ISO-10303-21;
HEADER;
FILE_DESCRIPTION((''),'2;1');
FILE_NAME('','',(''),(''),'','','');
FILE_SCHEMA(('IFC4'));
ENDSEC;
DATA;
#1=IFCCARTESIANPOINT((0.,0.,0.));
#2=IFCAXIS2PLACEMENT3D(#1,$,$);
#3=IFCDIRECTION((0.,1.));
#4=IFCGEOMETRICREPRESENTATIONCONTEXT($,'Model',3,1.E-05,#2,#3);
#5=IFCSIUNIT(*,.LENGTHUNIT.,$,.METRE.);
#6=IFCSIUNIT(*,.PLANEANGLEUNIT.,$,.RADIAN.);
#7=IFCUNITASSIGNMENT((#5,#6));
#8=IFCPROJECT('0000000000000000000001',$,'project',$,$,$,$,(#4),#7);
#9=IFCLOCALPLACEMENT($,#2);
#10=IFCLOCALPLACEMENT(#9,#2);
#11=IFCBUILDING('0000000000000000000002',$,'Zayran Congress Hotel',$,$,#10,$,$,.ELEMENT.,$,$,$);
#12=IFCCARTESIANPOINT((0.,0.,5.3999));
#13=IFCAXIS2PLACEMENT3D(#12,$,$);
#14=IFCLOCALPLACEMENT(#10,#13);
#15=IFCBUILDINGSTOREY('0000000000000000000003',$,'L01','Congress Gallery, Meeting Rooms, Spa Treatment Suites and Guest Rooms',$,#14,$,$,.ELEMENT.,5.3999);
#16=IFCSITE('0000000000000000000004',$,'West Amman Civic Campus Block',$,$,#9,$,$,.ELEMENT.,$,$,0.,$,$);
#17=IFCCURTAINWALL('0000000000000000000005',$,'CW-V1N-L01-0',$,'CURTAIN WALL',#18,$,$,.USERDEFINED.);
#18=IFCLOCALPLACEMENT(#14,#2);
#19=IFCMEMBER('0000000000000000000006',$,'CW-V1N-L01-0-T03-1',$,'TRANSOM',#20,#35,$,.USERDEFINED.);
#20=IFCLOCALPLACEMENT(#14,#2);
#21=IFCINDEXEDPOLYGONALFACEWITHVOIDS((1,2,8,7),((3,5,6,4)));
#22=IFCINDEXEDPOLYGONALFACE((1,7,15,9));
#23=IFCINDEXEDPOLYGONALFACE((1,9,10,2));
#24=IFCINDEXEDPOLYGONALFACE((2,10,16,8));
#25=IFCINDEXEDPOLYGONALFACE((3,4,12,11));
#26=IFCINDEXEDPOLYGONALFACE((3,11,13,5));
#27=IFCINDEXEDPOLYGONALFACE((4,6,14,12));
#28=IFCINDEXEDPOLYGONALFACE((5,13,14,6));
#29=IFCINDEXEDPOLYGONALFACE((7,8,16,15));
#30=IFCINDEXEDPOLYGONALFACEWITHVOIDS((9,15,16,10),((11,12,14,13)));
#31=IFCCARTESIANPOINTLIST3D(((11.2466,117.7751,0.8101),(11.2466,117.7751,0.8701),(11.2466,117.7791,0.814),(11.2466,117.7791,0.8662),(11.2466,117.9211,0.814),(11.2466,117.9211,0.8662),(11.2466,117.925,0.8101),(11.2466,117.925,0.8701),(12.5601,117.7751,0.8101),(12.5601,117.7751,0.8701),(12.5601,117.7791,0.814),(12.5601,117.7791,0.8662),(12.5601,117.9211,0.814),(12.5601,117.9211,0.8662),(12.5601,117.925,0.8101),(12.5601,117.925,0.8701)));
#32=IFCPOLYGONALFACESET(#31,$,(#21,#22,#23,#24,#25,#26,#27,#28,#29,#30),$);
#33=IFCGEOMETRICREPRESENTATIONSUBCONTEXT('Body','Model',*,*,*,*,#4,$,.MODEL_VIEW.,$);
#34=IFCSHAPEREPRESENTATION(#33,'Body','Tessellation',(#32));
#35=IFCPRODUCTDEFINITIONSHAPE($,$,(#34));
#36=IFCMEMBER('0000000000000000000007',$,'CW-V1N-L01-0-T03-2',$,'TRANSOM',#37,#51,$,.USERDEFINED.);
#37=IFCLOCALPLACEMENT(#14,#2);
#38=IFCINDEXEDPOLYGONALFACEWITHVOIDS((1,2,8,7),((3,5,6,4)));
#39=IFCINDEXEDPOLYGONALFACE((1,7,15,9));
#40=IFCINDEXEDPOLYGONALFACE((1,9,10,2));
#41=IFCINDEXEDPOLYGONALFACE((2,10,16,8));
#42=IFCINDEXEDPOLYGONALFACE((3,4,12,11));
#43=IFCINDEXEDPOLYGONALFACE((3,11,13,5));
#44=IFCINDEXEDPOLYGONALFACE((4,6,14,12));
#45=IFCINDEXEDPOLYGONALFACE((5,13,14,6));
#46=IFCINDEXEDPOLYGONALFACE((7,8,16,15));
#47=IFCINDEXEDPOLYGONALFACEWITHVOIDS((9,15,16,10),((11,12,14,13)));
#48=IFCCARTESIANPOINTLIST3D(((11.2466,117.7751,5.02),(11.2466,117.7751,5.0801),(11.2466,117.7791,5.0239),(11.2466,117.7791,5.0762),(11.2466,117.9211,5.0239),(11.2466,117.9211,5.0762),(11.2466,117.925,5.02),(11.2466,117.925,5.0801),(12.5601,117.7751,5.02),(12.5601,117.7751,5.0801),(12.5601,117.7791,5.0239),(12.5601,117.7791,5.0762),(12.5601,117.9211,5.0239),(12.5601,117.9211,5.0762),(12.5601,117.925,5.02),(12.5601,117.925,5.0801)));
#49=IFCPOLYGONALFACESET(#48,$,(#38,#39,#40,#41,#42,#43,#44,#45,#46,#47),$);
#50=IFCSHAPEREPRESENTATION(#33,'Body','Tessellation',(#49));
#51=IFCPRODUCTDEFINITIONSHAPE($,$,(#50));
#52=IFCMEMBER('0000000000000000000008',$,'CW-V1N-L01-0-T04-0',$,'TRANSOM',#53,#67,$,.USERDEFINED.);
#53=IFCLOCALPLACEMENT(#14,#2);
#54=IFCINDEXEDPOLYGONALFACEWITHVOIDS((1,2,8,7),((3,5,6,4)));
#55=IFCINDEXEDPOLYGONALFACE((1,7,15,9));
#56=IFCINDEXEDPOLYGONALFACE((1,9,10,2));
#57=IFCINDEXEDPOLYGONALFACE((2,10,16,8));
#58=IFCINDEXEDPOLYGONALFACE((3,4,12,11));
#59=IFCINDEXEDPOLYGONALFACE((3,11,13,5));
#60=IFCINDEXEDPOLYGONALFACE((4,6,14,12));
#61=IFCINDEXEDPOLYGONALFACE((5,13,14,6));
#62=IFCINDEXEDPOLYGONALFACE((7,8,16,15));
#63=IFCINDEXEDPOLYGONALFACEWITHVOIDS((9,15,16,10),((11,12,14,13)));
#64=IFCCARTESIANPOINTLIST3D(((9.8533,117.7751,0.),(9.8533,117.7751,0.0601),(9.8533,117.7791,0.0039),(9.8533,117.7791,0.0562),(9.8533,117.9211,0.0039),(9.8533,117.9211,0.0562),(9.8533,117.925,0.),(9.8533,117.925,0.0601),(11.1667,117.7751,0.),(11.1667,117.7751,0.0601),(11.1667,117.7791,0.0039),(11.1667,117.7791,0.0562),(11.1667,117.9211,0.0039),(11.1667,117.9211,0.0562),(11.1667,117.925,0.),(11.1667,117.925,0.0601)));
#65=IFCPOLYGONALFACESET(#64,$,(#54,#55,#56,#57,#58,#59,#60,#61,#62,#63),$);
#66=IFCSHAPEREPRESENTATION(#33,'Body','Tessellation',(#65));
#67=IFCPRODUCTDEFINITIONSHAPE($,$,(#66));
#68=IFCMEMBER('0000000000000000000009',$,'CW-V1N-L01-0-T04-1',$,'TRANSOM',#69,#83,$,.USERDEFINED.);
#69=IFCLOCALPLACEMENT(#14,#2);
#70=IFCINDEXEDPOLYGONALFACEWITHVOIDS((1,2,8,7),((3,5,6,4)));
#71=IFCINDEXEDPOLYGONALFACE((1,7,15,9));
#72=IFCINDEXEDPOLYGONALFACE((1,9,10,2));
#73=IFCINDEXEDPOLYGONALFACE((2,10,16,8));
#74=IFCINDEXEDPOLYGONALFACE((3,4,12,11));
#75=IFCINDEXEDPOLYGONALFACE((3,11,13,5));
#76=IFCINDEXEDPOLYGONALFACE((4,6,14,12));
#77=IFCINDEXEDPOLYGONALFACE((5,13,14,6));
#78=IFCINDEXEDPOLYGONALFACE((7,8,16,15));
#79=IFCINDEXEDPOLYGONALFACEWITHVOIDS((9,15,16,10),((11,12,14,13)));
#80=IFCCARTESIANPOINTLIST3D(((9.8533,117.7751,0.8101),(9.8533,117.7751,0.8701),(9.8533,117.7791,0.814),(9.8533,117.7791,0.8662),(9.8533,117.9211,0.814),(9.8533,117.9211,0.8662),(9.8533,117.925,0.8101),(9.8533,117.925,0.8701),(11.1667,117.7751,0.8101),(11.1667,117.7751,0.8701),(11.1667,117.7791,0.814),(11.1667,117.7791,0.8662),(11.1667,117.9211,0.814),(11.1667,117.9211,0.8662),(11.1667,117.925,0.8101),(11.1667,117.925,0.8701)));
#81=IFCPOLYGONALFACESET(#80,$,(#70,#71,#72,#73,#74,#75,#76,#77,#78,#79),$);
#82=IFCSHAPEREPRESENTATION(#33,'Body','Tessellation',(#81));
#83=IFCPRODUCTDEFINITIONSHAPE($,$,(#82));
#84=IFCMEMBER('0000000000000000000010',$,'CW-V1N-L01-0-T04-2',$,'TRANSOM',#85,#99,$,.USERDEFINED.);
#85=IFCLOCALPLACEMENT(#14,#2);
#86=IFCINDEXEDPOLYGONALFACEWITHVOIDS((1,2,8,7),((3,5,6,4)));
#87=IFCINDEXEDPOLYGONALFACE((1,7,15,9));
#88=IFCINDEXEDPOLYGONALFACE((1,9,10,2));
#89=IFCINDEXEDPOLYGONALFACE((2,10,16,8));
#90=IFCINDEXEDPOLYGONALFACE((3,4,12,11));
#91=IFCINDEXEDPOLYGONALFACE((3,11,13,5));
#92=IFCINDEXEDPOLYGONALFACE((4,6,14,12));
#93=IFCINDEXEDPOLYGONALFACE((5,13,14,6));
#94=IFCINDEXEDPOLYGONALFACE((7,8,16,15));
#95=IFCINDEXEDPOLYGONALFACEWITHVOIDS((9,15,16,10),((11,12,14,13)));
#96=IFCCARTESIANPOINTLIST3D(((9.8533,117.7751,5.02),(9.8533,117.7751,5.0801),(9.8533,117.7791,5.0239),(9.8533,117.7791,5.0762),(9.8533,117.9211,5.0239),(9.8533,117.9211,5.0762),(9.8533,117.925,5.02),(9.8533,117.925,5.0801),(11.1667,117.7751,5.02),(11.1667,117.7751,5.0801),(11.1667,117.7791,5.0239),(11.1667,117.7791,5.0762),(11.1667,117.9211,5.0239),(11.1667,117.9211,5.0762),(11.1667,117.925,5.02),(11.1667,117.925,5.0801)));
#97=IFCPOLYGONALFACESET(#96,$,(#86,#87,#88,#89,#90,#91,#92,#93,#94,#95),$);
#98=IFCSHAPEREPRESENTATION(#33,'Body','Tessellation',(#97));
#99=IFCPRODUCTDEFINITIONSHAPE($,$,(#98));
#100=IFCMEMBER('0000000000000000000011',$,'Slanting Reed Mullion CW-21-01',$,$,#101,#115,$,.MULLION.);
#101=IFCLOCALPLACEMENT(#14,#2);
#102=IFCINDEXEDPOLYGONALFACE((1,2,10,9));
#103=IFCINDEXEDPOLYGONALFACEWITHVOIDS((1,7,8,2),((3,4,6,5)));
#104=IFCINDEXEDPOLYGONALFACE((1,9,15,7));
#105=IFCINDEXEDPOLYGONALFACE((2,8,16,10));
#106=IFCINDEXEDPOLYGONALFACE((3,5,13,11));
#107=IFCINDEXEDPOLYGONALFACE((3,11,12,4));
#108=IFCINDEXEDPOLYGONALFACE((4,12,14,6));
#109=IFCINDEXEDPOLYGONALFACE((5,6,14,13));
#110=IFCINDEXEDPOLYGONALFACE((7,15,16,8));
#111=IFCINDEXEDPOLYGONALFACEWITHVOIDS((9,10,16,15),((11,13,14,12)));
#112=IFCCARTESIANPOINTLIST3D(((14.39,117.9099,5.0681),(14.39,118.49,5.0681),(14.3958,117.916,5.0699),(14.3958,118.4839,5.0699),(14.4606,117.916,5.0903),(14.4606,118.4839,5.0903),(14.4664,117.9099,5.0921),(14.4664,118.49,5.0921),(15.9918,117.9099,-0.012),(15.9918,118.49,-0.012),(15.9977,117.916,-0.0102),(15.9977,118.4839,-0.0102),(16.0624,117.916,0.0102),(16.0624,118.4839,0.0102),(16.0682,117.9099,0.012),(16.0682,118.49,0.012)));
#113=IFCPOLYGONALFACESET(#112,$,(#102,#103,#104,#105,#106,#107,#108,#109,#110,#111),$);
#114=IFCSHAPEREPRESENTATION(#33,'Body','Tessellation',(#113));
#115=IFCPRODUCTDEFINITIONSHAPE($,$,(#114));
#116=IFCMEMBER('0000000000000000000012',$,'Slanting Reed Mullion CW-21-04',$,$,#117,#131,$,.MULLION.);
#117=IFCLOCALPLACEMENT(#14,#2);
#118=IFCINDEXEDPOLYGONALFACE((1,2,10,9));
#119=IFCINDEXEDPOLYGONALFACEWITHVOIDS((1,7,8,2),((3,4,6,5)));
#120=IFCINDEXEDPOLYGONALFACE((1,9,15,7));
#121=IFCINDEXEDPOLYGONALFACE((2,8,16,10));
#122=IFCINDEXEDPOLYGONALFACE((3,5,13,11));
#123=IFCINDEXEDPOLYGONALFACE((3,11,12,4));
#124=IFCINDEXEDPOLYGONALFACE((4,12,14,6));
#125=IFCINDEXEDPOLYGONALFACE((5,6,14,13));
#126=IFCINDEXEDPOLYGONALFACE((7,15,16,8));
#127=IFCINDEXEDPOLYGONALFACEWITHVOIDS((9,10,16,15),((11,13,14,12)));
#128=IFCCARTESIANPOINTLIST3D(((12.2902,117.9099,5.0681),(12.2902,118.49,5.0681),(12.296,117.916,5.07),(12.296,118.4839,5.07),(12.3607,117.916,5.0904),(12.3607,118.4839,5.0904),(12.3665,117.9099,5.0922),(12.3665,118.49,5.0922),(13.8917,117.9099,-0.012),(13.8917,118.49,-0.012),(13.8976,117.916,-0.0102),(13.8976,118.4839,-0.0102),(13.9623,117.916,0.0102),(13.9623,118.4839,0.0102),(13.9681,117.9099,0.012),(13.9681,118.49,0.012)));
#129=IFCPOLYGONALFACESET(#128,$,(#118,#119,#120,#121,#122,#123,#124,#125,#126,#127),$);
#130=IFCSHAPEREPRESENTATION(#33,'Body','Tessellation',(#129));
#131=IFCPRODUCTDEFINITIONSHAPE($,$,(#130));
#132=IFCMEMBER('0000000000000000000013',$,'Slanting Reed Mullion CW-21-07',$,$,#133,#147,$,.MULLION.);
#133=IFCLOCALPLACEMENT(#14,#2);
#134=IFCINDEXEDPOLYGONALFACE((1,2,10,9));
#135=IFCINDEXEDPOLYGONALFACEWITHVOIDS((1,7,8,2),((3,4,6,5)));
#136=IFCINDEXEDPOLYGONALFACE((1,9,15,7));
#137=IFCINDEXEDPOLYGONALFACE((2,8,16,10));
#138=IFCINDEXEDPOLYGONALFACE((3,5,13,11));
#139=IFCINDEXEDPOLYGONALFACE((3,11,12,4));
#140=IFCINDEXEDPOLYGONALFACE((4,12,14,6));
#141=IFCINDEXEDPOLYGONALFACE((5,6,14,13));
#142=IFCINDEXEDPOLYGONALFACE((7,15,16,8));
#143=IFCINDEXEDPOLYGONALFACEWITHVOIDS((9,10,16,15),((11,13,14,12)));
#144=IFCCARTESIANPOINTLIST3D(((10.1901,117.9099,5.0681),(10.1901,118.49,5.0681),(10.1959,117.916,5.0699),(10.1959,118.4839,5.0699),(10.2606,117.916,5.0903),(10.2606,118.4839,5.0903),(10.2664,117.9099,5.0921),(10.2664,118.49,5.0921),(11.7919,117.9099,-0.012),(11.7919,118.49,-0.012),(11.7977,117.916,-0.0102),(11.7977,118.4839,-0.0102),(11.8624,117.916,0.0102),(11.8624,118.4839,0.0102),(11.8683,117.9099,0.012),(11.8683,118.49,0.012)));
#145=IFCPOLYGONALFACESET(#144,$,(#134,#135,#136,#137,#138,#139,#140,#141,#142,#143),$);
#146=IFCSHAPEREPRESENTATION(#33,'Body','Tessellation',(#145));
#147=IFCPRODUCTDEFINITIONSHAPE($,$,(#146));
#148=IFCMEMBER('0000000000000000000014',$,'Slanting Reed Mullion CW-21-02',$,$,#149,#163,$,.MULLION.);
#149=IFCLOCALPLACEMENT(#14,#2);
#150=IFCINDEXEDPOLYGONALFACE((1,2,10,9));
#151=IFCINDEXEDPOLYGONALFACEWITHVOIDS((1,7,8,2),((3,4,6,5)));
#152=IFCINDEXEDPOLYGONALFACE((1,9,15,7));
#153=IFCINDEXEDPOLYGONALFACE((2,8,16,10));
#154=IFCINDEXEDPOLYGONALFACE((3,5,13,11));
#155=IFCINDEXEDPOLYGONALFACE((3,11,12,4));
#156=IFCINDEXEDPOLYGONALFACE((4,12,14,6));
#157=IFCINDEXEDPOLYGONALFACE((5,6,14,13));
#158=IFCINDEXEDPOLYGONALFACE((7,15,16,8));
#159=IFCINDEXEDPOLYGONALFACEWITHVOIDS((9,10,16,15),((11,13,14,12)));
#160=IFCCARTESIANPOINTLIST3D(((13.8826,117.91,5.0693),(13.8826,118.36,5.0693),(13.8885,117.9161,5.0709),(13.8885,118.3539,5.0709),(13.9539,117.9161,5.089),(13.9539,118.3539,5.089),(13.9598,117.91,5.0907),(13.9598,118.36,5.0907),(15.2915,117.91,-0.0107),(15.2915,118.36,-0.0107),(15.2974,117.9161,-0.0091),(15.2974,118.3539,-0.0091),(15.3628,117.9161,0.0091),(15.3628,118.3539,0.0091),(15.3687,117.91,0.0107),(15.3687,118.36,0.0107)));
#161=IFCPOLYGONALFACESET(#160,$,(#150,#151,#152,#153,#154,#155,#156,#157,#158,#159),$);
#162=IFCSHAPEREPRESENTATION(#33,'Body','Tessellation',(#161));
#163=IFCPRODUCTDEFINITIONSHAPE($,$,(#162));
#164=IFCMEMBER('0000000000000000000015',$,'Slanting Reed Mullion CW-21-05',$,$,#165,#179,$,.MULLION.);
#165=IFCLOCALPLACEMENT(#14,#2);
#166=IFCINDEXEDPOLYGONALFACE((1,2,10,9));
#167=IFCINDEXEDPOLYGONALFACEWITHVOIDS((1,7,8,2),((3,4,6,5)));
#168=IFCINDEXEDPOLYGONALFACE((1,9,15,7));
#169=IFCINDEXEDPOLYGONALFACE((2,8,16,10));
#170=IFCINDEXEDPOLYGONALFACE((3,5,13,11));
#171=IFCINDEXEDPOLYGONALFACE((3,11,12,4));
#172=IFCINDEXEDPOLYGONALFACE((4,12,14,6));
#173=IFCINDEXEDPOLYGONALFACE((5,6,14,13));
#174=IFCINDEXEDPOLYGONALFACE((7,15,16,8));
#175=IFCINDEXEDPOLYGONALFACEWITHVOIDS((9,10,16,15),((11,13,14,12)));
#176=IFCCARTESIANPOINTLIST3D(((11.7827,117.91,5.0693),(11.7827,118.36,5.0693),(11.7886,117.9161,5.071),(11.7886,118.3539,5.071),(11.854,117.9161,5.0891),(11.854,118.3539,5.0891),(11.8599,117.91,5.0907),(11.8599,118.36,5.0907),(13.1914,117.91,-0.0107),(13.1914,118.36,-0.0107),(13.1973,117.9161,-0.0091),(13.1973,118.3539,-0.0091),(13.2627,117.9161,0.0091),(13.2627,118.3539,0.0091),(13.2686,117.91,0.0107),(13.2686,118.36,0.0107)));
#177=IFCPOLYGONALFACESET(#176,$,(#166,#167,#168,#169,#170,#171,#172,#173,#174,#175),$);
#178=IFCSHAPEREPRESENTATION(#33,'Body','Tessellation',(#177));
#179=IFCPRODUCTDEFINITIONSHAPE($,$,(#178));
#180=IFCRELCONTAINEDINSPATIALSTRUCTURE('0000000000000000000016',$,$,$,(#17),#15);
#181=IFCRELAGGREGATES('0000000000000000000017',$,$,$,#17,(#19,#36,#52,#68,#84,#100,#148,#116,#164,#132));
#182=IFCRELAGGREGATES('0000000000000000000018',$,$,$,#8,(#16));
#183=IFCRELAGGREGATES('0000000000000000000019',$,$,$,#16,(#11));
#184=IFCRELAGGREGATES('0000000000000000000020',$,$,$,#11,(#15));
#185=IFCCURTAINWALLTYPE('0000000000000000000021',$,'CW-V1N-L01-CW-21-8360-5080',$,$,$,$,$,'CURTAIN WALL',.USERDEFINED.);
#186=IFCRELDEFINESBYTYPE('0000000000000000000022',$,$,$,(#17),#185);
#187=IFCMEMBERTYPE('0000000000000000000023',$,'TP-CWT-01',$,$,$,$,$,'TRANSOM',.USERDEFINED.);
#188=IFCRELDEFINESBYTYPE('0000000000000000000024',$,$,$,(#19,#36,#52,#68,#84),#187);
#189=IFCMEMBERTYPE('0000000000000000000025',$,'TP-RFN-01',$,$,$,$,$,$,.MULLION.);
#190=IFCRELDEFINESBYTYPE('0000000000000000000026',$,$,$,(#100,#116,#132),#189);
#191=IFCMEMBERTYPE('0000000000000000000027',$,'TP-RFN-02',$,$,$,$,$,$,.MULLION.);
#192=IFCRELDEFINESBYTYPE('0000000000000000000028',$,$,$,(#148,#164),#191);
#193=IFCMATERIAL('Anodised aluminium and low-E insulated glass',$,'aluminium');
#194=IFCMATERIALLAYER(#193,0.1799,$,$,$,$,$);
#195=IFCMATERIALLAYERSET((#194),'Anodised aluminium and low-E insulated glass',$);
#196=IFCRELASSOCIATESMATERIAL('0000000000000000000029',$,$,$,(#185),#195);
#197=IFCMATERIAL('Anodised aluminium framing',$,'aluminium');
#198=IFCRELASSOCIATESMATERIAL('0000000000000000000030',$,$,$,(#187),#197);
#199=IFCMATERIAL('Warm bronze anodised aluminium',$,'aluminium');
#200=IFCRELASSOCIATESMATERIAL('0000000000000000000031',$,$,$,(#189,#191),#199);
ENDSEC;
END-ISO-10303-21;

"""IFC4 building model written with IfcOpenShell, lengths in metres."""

from ifc_helpers import new_model, si_unit, direction, frame, origin, origin_2d, place, context, subcontext, project, spatial, hollow_rectangle, extrude, material, layer, layer_set, material_profile, profile_set, type_object, element, aggregate, save


model = new_model("IFC4")

# Units and contexts
model_context = context("Model", 3, precision=1e-05, world=origin(), true_north=direction((0.0, 1.0)))
body_context = subcontext(model_context, "Body", "Model", "MODEL_VIEW")
ifc_project = project(units=[si_unit("LENGTHUNIT", "METRE"), si_unit("PLANEANGLEUNIT", "RADIAN")], contexts=[model_context])

# Site, building, storey
site_placement = place(None, origin())
site = spatial("IfcSite", under=ifc_project, at=site_placement, Name="West Amman Civic Campus Block", CompositionType="ELEMENT", RefElevation=0.0)
building_placement = place(site_placement, origin())
building = spatial("IfcBuilding", under=site, at=building_placement, Name="Zayran Congress Hotel", CompositionType="ELEMENT")
storey_placement = place(building_placement, frame((0.0, 0.0, 5.3999)))
storey = spatial("IfcBuildingStorey", under=building, at=storey_placement, Name="L01", Description="Congress Gallery, Meeting Rooms, Spa Treatment Suites and Guest Rooms", CompositionType="ELEMENT", Elevation=5.3999)

# Curtain wall, members
ifc_material_1 = material(Name="Anodised aluminium and low-E insulated glass", Category="aluminium")
ifc_layer_1 = layer(ifc_material_1, 0.1799)
ifc_layer_set_1 = layer_set([ifc_layer_1], Name="Anodised aluminium and low-E insulated glass")
curtain_wall_type = type_object("IfcCurtainWallType", Name="CW-V1N-L01-CW-21-8360-5080", ElementType="CURTAIN WALL", PredefinedType="USERDEFINED", material=ifc_layer_set_1)
curtain_wall_placement = place(storey_placement, origin())
curtain_wall = element("IfcCurtainWall", 1, at=curtain_wall_placement, inside=storey, type_object=curtain_wall_type, Name="CW-V1N-L01-0", ObjectType="CURTAIN WALL", PredefinedType="USERDEFINED")
ifc_material_2 = material(Name="Anodised aluminium framing", Category="aluminium")
ifc_material_profile_1 = material_profile(ifc_material_2, hollow_rectangle(XDim=0.0601, YDim=0.1499, WallThickness=0.0039, at=origin_2d()), Name="RHS 150x60x4")
ifc_profile_set_1 = profile_set([ifc_material_profile_1], Name="Anodised aluminium framing")
member_type_1 = type_object("IfcMemberType", Name="TP-CWT-01", ElementType="TRANSOM", PredefinedType="USERDEFINED", material=ifc_profile_set_1)
member_1_placement = place(storey_placement, frame((12.5601, 117.8501, 0.8401), z_axis=(-1.0, 0.0, 0.0), x_axis=(0.0, 0.0, 1.0)))
member_1 = element("IfcMember", 2, at=member_1_placement, type_object=member_type_1, Name="CW-V1N-L01-0-T03-1", ObjectType="TRANSOM", PredefinedType="USERDEFINED", context=body_context, shape_type="SweptSolid", body=[
    extrude(hollow_rectangle(XDim=0.0601, YDim=0.1499, WallThickness=0.0039, at=origin_2d()), origin(), (0.0, 0.0, 1.0), 1.3135),
])
member_2_placement = place(storey_placement, frame((12.5601, 117.8501, 5.05), z_axis=(-1.0, 0.0, 0.0), x_axis=(0.0, 0.0, 1.0)))
member_2 = element("IfcMember", 3, at=member_2_placement, type_object=member_type_1, Name="CW-V1N-L01-0-T03-2", ObjectType="TRANSOM", PredefinedType="USERDEFINED", context=body_context, shape_type="SweptSolid", body=[
    extrude(hollow_rectangle(XDim=0.0601, YDim=0.1499, WallThickness=0.0039, at=origin_2d()), origin(), (0.0, 0.0, 1.0), 1.3135),
])
member_3_placement = place(storey_placement, frame((11.1667, 117.8501, 0.03), z_axis=(-1.0, 0.0, 0.0), x_axis=(0.0, 0.0, 1.0)))
member_3 = element("IfcMember", 4, at=member_3_placement, type_object=member_type_1, Name="CW-V1N-L01-0-T04-0", ObjectType="TRANSOM", PredefinedType="USERDEFINED", context=body_context, shape_type="SweptSolid", body=[
    extrude(hollow_rectangle(XDim=0.0601, YDim=0.1499, WallThickness=0.0039, at=origin_2d()), origin(), (0.0, 0.0, 1.0), 1.3135),
])
member_4_placement = place(storey_placement, frame((11.1667, 117.8501, 0.8401), z_axis=(-1.0, 0.0, 0.0), x_axis=(0.0, 0.0, 1.0)))
member_4 = element("IfcMember", 5, at=member_4_placement, type_object=member_type_1, Name="CW-V1N-L01-0-T04-1", ObjectType="TRANSOM", PredefinedType="USERDEFINED", context=body_context, shape_type="SweptSolid", body=[
    extrude(hollow_rectangle(XDim=0.0601, YDim=0.1499, WallThickness=0.0039, at=origin_2d()), origin(), (0.0, 0.0, 1.0), 1.3135),
])
member_5_placement = place(storey_placement, frame((11.1667, 117.8501, 5.05), z_axis=(-1.0, 0.0, 0.0), x_axis=(0.0, 0.0, 1.0)))
member_5 = element("IfcMember", 6, at=member_5_placement, type_object=member_type_1, Name="CW-V1N-L01-0-T04-2", ObjectType="TRANSOM", PredefinedType="USERDEFINED", context=body_context, shape_type="SweptSolid", body=[
    extrude(hollow_rectangle(XDim=0.0601, YDim=0.1499, WallThickness=0.0039, at=origin_2d()), origin(), (0.0, 0.0, 1.0), 1.3135),
])
ifc_material_3 = material(Name="Warm bronze anodised aluminium", Category="aluminium")
ifc_material_profile_2 = material_profile(ifc_material_3, hollow_rectangle(XDim=0.0801, YDim=0.5801, WallThickness=0.0061, at=origin_2d()), Name="RHS 580x80x6")
ifc_profile_set_2 = profile_set([ifc_material_profile_2], Name="Warm bronze anodised aluminium")
member_type_2 = type_object("IfcMemberType", Name="TP-RFN-01", PredefinedType="MULLION", material=ifc_profile_set_2)
member_6_placement = place(storey_placement, frame((16.03, 118.2, 0.0), z_axis=(-0.300717, 0.0, 0.953713), x_axis=(0.953713, 0.0, 0.300717)))
member_6 = element("IfcMember", 7, at=member_6_placement, type_object=member_type_2, Name="Slanting Reed Mullion CW-21-01", PredefinedType="MULLION", context=body_context, shape_type="SweptSolid", body=[
    extrude(hollow_rectangle(XDim=0.0801, YDim=0.5801, WallThickness=0.0061, at=origin_2d()), origin(), (0.0, 0.0, 1.0), 5.3267),
])
member_7_placement = place(storey_placement, frame((13.9299, 118.2, 0.0), z_axis=(-0.300675, 0.0, 0.953727), x_axis=(0.953727, 0.0, 0.300675)))
member_7 = element("IfcMember", 8, at=member_7_placement, type_object=member_type_2, Name="Slanting Reed Mullion CW-21-04", PredefinedType="MULLION", context=body_context, shape_type="SweptSolid", body=[
    extrude(hollow_rectangle(XDim=0.0801, YDim=0.5801, WallThickness=0.0061, at=origin_2d()), origin(), (0.0, 0.0, 1.0), 5.3267),
])
member_8_placement = place(storey_placement, frame((11.8301, 118.2, 0.0), z_axis=(-0.300717, 0.0, 0.953713), x_axis=(0.953713, 0.0, 0.300717)))
member_8 = element("IfcMember", 9, at=member_8_placement, type_object=member_type_2, Name="Slanting Reed Mullion CW-21-07", PredefinedType="MULLION", context=body_context, shape_type="SweptSolid", body=[
    extrude(hollow_rectangle(XDim=0.0801, YDim=0.5801, WallThickness=0.0061, at=origin_2d()), origin(), (0.0, 0.0, 1.0), 5.3267),
])
ifc_material_profile_3 = material_profile(ifc_material_3, hollow_rectangle(XDim=0.0801, YDim=0.45, WallThickness=0.0061, at=origin_2d()), Name="RHS 450x80x6")
ifc_profile_set_3 = profile_set([ifc_material_profile_3], Name="Warm bronze anodised aluminium")
member_type_3 = type_object("IfcMemberType", Name="TP-RFN-02", PredefinedType="MULLION", material=ifc_profile_set_3)
member_9_placement = place(storey_placement, frame((15.3301, 118.135, 0.0), z_axis=(-0.267257, 0.0, 0.963625), x_axis=(0.963625, 0.0, 0.267257)))
member_9 = element("IfcMember", 10, at=member_9_placement, type_object=member_type_3, Name="Slanting Reed Mullion CW-21-02", PredefinedType="MULLION", context=body_context, shape_type="SweptSolid", body=[
    extrude(hollow_rectangle(XDim=0.0801, YDim=0.45, WallThickness=0.0061, at=origin_2d()), origin(), (0.0, 0.0, 1.0), 5.2717),
])
member_10_placement = place(storey_placement, frame((13.23, 118.135, 0.0), z_axis=(-0.267214, 0.0, 0.963637), x_axis=(0.963637, 0.0, 0.267214)))
member_10 = element("IfcMember", 11, at=member_10_placement, type_object=member_type_3, Name="Slanting Reed Mullion CW-21-05", PredefinedType="MULLION", context=body_context, shape_type="SweptSolid", body=[
    extrude(hollow_rectangle(XDim=0.0801, YDim=0.45, WallThickness=0.0061, at=origin_2d()), origin(), (0.0, 0.0, 1.0), 5.2717),
])
aggregate(curtain_wall, [member_1, member_2, member_3, member_4, member_5, member_6, member_9, member_7, member_10, member_8])

save(model, "model.ifc")
